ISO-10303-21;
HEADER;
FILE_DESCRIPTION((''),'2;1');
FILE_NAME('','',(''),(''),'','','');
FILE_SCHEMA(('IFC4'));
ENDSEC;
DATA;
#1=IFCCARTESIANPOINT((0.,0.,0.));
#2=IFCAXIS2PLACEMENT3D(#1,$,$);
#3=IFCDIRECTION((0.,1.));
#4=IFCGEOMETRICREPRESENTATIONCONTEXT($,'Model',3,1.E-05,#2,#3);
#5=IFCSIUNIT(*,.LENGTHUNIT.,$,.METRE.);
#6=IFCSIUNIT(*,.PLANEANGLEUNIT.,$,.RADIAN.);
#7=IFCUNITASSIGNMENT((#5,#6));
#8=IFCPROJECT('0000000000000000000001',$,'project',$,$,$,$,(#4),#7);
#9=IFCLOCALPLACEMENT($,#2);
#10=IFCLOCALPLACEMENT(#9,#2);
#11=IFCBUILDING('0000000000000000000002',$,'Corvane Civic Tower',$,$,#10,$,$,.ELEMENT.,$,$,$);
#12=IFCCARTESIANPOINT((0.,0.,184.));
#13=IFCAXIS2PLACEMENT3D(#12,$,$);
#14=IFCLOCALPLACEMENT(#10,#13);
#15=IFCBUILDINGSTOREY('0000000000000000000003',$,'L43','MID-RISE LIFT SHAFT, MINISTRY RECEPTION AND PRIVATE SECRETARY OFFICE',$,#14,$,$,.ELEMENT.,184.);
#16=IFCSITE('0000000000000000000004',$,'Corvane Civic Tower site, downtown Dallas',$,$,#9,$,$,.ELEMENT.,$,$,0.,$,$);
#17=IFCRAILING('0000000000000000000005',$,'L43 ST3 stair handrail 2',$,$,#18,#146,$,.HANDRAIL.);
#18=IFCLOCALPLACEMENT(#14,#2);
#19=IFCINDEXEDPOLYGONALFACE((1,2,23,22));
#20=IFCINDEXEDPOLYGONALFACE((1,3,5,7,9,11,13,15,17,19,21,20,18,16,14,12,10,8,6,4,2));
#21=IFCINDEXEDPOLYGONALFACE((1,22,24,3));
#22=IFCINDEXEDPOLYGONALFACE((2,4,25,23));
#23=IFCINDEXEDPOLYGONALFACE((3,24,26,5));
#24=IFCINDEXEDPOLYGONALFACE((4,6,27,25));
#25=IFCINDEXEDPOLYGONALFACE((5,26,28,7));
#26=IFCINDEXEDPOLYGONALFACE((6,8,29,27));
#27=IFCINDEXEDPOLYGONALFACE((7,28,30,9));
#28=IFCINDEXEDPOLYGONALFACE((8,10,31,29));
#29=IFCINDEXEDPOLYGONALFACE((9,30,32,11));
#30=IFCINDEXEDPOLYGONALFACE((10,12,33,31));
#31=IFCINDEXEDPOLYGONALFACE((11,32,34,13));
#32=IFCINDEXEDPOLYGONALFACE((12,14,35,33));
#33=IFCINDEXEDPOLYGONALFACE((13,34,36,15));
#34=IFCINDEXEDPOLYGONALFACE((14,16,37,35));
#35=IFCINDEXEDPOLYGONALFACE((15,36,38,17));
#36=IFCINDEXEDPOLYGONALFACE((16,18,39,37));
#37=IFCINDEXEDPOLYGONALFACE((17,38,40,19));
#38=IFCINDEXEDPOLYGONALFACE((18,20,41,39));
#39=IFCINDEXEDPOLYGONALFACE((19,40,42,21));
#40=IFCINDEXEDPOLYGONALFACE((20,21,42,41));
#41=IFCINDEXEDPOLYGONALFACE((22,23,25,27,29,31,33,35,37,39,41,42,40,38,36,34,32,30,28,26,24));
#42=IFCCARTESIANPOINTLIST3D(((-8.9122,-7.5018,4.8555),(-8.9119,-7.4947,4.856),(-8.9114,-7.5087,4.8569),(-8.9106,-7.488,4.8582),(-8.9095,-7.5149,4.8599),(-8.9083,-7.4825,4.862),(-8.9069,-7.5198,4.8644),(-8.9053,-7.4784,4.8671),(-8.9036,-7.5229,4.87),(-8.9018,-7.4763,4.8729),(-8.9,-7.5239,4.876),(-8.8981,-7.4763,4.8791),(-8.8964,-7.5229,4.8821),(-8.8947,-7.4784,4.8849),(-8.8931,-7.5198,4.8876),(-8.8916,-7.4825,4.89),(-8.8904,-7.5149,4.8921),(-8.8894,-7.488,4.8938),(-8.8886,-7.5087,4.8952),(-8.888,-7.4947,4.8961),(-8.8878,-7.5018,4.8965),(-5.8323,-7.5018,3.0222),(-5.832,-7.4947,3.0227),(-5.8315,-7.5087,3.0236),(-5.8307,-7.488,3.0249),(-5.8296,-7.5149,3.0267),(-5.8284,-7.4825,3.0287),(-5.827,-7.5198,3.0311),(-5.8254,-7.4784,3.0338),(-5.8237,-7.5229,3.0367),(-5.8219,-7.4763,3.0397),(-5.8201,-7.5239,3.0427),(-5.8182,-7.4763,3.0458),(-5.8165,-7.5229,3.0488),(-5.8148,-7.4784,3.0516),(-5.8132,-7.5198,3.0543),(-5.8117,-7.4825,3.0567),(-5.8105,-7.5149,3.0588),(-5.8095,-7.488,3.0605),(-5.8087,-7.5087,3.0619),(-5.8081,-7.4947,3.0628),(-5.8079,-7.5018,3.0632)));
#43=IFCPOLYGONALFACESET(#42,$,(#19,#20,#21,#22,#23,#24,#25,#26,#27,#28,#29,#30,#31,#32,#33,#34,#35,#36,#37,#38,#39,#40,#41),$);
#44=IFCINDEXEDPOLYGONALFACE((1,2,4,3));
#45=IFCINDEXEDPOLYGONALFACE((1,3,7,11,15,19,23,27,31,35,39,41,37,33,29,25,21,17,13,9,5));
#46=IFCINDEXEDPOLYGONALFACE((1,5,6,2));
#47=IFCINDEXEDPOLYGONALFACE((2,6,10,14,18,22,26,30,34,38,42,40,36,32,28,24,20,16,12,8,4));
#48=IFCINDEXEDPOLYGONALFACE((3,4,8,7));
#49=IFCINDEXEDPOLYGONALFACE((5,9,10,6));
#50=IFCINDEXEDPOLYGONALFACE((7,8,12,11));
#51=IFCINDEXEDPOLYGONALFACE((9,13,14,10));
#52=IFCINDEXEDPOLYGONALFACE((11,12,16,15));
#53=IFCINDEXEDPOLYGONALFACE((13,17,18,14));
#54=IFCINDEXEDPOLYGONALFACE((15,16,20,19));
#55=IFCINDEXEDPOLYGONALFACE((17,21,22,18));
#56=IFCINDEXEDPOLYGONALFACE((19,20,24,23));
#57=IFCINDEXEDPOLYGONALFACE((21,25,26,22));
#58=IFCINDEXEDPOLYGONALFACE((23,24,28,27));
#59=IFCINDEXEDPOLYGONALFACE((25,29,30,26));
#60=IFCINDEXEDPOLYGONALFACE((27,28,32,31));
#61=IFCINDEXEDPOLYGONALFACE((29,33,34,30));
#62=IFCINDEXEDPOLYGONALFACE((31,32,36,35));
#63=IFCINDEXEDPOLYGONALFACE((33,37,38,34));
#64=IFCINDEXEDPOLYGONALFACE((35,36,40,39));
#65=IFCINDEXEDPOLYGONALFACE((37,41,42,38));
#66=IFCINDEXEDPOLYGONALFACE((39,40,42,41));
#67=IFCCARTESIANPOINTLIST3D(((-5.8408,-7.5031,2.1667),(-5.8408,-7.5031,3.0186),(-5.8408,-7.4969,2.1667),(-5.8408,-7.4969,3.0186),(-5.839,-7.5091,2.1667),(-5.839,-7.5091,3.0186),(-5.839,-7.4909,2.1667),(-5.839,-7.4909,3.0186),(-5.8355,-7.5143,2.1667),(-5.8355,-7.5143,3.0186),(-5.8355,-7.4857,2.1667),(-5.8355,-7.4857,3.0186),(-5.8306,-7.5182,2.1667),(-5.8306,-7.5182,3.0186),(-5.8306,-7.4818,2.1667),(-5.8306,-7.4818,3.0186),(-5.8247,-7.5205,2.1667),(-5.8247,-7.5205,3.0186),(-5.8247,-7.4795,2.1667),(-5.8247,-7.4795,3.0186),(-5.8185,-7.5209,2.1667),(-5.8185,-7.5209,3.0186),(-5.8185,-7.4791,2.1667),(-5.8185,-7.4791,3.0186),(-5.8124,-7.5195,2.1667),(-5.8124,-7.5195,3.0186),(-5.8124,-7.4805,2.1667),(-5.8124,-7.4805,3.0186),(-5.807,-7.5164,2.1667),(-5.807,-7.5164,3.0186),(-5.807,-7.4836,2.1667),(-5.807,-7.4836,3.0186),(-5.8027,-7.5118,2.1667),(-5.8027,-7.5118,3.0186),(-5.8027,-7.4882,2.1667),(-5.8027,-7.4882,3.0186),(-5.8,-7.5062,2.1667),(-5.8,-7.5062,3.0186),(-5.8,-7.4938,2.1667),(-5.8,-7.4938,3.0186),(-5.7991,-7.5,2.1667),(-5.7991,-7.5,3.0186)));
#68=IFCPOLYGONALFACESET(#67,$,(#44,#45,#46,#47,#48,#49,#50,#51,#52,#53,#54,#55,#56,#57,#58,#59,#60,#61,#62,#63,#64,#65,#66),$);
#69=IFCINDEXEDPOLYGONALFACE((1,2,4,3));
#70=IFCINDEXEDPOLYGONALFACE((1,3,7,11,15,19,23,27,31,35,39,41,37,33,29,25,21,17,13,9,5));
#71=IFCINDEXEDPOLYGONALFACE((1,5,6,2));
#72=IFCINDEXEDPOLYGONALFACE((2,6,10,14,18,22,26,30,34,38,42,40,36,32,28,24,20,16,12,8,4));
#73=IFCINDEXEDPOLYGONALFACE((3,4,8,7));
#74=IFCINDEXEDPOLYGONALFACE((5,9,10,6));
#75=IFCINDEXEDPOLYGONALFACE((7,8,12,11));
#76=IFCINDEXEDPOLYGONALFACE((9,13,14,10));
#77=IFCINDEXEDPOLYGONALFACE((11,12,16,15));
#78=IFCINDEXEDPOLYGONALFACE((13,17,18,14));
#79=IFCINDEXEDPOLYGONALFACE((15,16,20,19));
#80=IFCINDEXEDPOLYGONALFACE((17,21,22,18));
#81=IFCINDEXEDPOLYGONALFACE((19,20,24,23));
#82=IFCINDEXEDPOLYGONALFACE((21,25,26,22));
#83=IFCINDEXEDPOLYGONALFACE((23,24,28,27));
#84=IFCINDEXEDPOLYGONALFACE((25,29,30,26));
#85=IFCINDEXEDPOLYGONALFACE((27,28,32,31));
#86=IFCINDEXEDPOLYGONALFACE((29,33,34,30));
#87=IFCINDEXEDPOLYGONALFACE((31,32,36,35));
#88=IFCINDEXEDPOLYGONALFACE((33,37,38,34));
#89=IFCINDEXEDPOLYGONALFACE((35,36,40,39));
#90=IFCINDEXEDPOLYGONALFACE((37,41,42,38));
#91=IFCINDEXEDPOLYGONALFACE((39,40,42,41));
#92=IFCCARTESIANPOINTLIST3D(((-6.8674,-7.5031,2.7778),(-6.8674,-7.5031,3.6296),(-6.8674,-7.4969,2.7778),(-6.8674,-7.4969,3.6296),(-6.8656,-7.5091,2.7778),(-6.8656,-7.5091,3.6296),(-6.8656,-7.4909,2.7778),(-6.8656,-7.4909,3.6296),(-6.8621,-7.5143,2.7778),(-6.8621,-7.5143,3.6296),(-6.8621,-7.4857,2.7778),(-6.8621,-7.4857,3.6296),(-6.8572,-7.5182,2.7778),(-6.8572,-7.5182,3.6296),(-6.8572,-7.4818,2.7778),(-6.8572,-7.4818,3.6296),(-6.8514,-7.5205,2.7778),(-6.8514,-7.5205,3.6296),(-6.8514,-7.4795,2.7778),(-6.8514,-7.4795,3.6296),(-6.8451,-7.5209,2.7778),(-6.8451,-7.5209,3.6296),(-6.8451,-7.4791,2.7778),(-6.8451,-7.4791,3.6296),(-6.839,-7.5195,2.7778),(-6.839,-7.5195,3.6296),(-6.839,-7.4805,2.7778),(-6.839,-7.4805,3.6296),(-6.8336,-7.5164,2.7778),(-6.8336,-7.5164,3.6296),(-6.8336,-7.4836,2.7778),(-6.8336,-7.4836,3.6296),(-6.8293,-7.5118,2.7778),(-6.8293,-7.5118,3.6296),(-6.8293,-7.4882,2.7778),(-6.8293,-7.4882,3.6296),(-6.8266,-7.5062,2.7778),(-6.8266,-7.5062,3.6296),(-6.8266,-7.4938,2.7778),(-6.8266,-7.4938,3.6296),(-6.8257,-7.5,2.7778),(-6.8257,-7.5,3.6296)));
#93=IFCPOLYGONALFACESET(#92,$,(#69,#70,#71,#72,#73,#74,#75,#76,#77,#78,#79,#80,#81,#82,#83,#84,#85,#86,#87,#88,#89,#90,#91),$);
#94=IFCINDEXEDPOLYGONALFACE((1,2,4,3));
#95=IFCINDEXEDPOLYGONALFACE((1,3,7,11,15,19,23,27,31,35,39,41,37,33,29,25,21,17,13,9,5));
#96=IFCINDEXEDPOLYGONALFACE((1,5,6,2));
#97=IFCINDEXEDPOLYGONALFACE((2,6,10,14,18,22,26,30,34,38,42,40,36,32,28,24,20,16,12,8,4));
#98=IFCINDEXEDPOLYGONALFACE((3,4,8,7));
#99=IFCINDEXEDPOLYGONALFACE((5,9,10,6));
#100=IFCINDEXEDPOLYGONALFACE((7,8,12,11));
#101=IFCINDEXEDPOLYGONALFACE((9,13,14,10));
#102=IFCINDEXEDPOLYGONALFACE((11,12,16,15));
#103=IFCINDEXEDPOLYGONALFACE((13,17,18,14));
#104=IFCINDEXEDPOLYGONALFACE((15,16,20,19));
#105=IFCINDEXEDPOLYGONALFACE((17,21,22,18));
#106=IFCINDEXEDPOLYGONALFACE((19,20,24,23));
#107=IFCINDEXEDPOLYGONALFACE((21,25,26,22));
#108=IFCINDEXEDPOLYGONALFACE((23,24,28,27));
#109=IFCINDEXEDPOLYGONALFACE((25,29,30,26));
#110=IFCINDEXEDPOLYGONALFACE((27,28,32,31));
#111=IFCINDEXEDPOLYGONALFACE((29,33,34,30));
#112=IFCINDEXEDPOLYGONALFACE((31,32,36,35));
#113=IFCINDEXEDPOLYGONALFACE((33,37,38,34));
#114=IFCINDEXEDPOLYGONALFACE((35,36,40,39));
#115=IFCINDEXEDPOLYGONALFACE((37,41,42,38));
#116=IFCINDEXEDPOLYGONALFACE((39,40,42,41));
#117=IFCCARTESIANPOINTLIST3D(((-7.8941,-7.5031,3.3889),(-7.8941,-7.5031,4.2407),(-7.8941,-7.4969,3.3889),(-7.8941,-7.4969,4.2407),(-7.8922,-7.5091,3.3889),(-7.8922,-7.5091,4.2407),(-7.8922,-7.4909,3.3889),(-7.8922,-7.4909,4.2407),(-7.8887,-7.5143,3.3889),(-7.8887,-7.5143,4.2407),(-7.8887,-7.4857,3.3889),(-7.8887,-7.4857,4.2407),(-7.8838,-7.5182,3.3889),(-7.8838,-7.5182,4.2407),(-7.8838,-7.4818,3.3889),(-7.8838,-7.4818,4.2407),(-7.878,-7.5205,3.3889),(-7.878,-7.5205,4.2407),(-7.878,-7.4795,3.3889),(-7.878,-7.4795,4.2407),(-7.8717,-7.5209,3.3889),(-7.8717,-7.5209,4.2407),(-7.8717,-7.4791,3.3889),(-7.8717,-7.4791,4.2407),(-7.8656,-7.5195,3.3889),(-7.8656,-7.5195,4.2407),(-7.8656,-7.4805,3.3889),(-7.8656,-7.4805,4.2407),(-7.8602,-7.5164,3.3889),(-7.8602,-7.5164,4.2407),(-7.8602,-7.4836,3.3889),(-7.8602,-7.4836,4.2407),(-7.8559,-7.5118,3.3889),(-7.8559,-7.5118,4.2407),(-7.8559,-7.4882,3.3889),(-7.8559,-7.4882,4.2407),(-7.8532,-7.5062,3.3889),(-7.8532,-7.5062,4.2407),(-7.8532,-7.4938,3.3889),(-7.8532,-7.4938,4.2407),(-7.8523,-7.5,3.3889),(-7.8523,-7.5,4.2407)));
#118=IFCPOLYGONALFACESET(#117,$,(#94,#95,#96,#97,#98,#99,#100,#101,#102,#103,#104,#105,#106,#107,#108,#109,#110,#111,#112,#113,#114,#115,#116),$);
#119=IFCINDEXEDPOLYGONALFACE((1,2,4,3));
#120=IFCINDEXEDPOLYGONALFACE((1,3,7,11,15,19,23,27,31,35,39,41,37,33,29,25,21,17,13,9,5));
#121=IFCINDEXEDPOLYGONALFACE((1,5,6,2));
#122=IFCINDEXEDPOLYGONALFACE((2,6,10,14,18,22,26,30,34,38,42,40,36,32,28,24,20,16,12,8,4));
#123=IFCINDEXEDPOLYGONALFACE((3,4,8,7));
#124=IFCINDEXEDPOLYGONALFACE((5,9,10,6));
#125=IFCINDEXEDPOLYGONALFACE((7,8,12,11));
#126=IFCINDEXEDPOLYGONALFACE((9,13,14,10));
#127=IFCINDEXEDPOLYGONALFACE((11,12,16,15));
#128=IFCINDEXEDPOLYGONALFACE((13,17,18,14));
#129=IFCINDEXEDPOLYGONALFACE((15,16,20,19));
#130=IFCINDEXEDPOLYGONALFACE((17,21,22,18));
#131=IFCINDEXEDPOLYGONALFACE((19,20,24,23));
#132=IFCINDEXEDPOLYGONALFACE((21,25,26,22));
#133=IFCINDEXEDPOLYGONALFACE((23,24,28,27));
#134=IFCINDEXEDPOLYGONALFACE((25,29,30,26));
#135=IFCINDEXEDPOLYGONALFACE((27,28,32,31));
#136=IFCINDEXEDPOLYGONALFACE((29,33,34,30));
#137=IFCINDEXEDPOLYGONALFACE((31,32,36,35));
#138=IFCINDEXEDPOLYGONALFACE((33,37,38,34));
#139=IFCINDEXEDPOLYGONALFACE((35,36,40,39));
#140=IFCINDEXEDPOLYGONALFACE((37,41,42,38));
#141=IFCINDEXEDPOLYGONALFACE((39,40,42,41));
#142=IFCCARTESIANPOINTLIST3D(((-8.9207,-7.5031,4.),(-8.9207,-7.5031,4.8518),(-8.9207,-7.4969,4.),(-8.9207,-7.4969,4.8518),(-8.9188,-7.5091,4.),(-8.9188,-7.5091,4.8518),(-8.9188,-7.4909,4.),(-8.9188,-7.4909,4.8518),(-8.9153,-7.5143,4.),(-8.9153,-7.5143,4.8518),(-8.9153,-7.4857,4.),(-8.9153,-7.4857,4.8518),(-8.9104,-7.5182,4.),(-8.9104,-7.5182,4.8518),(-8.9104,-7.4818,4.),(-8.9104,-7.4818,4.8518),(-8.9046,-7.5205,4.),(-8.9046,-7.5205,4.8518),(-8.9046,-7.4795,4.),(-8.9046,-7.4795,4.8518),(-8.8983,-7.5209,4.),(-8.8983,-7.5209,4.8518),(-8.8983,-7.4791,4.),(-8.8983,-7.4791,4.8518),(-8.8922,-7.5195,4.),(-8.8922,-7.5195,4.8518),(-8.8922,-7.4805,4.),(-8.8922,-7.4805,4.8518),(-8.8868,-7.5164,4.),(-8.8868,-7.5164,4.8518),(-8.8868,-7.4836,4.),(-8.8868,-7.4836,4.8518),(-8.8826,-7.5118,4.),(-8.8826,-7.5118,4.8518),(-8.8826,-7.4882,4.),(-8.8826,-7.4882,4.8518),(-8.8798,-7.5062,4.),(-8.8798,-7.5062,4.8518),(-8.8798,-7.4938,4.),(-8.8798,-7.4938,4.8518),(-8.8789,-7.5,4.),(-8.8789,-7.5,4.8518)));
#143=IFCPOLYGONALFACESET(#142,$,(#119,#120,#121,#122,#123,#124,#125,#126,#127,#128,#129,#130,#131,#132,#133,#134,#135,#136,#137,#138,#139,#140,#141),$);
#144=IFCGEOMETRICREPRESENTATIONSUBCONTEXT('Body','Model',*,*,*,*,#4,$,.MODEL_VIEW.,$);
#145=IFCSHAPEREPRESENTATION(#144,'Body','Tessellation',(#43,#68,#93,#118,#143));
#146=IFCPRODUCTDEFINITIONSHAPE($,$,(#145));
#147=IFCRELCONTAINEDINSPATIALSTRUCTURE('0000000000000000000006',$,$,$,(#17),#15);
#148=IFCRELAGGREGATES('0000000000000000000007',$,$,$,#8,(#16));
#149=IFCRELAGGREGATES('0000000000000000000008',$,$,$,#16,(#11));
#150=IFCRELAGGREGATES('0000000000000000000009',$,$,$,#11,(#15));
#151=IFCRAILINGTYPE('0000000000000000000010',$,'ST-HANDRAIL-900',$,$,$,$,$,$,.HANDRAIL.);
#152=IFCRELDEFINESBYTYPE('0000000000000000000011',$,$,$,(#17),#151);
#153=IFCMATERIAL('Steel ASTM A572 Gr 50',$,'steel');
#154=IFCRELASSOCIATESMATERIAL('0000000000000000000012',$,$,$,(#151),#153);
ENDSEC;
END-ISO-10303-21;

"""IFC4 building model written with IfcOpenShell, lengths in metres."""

from ifc_helpers import new_model, si_unit, direction, frame, origin, origin_2d, place, context, subcontext, project, spatial, circle, extrude, material, type_object, element, save


model = new_model("IFC4")

# Units and contexts
model_context = context("Model", 3, precision=1e-05, world=origin(), true_north=direction((0.0, 1.0)))
body_context = subcontext(model_context, "Body", "Model", "MODEL_VIEW")
ifc_project = project(units=[si_unit("LENGTHUNIT", "METRE"), si_unit("PLANEANGLEUNIT", "RADIAN")], contexts=[model_context])

# Site, building, storey
site_placement = place(None, origin())
site = spatial("IfcSite", under=ifc_project, at=site_placement, Name="Corvane Civic Tower site, downtown Dallas", CompositionType="ELEMENT", RefElevation=0.0)
building_placement = place(site_placement, origin())
building = spatial("IfcBuilding", under=site, at=building_placement, Name="Corvane Civic Tower", CompositionType="ELEMENT")
storey_placement = place(building_placement, frame((0.0, 0.0, 184.0)))
storey = spatial("IfcBuildingStorey", under=building, at=storey_placement, Name="L43", Description="MID-RISE LIFT SHAFT, MINISTRY RECEPTION AND PRIVATE SECRETARY OFFICE", CompositionType="ELEMENT", Elevation=184.0)

# Railing
ifc_material_1 = material(Name="Steel ASTM A572 Gr 50", Category="steel")
railing_type_1 = type_object("IfcRailingType", Name="ST-HANDRAIL-900", PredefinedType="HANDRAIL", material=ifc_material_1)
railing_1_placement = place(storey_placement, frame((-5.8201, -7.5, 2.1667)))
element("IfcRailing", 1, at=railing_1_placement, inside=storey, type_object=railing_type_1, Name="L43 ST3 stair handrail 2", PredefinedType="HANDRAIL", context=body_context, shape_type="SweptSolid", body=[
    extrude(circle(Radius=0.0239, at=origin_2d()), frame((0.0, 0.0, 0.876), z_axis=(-0.859291, 0.0, 0.511487), x_axis=(0.0, -1.0, 0.0)), (0.0, 0.0, 1.0), 3.5842),
    extrude(circle(Radius=0.021, at=origin_2d()), origin(), (0.0, 0.0, 1.0), 0.8518),
    extrude(circle(Radius=0.021, at=origin_2d()), frame((-1.0266, 0.0, 0.6111)), (0.0, 0.0, 1.0), 0.8518),
    extrude(circle(Radius=0.021, at=origin_2d()), frame((-2.0532, 0.0, 1.2222)), (0.0, 0.0, 1.0), 0.8518),
    extrude(circle(Radius=0.021, at=origin_2d()), frame((-3.0798, 0.0, 1.8333)), (0.0, 0.0, 1.0), 0.8518),
])

save(model, "model.ifc")
